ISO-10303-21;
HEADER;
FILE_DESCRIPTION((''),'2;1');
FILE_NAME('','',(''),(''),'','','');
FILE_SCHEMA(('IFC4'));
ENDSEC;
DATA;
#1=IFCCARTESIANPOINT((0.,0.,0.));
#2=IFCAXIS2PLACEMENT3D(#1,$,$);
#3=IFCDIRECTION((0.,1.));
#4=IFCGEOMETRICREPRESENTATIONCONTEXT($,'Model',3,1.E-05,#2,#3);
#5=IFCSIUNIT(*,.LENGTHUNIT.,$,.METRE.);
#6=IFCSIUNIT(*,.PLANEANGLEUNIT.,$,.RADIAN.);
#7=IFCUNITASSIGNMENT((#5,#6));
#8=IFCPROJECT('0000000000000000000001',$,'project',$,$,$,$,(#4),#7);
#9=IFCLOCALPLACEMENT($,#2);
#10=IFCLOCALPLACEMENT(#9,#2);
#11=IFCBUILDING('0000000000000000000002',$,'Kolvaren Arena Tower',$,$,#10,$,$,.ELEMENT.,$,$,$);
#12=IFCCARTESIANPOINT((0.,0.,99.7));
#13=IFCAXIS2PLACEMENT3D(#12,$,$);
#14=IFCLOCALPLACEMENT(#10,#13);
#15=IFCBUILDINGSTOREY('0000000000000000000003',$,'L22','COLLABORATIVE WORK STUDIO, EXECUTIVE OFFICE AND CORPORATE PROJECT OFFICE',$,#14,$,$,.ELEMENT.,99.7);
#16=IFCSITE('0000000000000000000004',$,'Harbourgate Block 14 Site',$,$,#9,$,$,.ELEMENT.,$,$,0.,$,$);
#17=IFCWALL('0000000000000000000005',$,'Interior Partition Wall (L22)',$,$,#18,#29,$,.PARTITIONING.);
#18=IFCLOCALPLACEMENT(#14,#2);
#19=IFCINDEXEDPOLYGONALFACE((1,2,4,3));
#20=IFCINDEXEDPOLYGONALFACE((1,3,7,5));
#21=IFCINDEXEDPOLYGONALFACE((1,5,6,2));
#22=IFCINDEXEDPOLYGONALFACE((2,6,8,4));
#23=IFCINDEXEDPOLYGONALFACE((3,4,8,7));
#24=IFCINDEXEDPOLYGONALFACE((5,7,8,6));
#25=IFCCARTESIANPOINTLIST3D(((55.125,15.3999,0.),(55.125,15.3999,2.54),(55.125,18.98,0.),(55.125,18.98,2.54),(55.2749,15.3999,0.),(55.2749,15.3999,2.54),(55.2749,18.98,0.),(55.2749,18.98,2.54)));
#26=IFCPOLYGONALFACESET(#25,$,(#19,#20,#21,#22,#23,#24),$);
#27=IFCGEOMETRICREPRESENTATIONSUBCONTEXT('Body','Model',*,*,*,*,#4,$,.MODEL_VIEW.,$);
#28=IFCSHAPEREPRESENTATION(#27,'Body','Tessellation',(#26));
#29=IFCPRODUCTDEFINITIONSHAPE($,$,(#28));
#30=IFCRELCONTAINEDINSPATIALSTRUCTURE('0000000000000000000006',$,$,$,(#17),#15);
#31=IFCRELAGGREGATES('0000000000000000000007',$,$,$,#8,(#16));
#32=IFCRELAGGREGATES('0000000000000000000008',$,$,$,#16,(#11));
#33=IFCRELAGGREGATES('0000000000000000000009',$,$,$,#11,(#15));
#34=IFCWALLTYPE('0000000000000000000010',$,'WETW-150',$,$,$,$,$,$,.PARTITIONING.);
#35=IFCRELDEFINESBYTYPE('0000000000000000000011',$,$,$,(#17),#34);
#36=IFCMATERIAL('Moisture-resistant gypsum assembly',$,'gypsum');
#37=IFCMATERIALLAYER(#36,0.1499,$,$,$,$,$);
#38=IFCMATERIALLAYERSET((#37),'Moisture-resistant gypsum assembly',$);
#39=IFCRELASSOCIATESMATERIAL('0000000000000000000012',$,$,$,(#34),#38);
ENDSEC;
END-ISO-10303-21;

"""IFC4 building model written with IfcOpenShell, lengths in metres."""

from ifc_helpers import new_model, si_unit, direction, frame, frame_2d, origin, place, context, subcontext, project, spatial, rectangle, extrude, material, layer, layer_set, type_object, element, save


model = new_model("IFC4")

# Units and contexts
model_context = context("Model", 3, precision=1e-05, world=origin(), true_north=direction((0.0, 1.0)))
body_context = subcontext(model_context, "Body", "Model", "MODEL_VIEW")
ifc_project = project(units=[si_unit("LENGTHUNIT", "METRE"), si_unit("PLANEANGLEUNIT", "RADIAN")], contexts=[model_context])

# Site, building, storey
site_placement = place(None, origin())
site = spatial("IfcSite", under=ifc_project, at=site_placement, Name="Harbourgate Block 14 Site", CompositionType="ELEMENT", RefElevation=0.0)
building_placement = place(site_placement, origin())
building = spatial("IfcBuilding", under=site, at=building_placement, Name="Kolvaren Arena Tower", CompositionType="ELEMENT")
storey_placement = place(building_placement, frame((0.0, 0.0, 99.7)))
storey = spatial("IfcBuildingStorey", under=building, at=storey_placement, Name="L22", Description="COLLABORATIVE WORK STUDIO, EXECUTIVE OFFICE AND CORPORATE PROJECT OFFICE", CompositionType="ELEMENT", Elevation=99.7)

# Wall
ifc_material_1 = material(Name="Moisture-resistant gypsum assembly", Category="gypsum")
ifc_layer_1 = layer(ifc_material_1, 0.1499)
ifc_layer_set_1 = layer_set([ifc_layer_1], Name="Moisture-resistant gypsum assembly")
wall_type_1 = type_object("IfcWallType", Name="WETW-150", PredefinedType="PARTITIONING", material=ifc_layer_set_1)
wall_1_placement = place(storey_placement, frame((55.2, 15.3999, 0.0), z_axis=(0.0, 0.0, 1.0), x_axis=(0.0, 1.0, 0.0)))
element("IfcWall", 1, at=wall_1_placement, inside=storey, type_object=wall_type_1, Name="Interior Partition Wall (L22)", PredefinedType="PARTITIONING", context=body_context, shape_type="SweptSolid", body=[
    extrude(rectangle(XDim=3.5801, YDim=0.1499, at=frame_2d((1.79, 0.0))), origin(), (0.0, 0.0, 1.0), 2.54),
])

save(model, "model.ifc")
